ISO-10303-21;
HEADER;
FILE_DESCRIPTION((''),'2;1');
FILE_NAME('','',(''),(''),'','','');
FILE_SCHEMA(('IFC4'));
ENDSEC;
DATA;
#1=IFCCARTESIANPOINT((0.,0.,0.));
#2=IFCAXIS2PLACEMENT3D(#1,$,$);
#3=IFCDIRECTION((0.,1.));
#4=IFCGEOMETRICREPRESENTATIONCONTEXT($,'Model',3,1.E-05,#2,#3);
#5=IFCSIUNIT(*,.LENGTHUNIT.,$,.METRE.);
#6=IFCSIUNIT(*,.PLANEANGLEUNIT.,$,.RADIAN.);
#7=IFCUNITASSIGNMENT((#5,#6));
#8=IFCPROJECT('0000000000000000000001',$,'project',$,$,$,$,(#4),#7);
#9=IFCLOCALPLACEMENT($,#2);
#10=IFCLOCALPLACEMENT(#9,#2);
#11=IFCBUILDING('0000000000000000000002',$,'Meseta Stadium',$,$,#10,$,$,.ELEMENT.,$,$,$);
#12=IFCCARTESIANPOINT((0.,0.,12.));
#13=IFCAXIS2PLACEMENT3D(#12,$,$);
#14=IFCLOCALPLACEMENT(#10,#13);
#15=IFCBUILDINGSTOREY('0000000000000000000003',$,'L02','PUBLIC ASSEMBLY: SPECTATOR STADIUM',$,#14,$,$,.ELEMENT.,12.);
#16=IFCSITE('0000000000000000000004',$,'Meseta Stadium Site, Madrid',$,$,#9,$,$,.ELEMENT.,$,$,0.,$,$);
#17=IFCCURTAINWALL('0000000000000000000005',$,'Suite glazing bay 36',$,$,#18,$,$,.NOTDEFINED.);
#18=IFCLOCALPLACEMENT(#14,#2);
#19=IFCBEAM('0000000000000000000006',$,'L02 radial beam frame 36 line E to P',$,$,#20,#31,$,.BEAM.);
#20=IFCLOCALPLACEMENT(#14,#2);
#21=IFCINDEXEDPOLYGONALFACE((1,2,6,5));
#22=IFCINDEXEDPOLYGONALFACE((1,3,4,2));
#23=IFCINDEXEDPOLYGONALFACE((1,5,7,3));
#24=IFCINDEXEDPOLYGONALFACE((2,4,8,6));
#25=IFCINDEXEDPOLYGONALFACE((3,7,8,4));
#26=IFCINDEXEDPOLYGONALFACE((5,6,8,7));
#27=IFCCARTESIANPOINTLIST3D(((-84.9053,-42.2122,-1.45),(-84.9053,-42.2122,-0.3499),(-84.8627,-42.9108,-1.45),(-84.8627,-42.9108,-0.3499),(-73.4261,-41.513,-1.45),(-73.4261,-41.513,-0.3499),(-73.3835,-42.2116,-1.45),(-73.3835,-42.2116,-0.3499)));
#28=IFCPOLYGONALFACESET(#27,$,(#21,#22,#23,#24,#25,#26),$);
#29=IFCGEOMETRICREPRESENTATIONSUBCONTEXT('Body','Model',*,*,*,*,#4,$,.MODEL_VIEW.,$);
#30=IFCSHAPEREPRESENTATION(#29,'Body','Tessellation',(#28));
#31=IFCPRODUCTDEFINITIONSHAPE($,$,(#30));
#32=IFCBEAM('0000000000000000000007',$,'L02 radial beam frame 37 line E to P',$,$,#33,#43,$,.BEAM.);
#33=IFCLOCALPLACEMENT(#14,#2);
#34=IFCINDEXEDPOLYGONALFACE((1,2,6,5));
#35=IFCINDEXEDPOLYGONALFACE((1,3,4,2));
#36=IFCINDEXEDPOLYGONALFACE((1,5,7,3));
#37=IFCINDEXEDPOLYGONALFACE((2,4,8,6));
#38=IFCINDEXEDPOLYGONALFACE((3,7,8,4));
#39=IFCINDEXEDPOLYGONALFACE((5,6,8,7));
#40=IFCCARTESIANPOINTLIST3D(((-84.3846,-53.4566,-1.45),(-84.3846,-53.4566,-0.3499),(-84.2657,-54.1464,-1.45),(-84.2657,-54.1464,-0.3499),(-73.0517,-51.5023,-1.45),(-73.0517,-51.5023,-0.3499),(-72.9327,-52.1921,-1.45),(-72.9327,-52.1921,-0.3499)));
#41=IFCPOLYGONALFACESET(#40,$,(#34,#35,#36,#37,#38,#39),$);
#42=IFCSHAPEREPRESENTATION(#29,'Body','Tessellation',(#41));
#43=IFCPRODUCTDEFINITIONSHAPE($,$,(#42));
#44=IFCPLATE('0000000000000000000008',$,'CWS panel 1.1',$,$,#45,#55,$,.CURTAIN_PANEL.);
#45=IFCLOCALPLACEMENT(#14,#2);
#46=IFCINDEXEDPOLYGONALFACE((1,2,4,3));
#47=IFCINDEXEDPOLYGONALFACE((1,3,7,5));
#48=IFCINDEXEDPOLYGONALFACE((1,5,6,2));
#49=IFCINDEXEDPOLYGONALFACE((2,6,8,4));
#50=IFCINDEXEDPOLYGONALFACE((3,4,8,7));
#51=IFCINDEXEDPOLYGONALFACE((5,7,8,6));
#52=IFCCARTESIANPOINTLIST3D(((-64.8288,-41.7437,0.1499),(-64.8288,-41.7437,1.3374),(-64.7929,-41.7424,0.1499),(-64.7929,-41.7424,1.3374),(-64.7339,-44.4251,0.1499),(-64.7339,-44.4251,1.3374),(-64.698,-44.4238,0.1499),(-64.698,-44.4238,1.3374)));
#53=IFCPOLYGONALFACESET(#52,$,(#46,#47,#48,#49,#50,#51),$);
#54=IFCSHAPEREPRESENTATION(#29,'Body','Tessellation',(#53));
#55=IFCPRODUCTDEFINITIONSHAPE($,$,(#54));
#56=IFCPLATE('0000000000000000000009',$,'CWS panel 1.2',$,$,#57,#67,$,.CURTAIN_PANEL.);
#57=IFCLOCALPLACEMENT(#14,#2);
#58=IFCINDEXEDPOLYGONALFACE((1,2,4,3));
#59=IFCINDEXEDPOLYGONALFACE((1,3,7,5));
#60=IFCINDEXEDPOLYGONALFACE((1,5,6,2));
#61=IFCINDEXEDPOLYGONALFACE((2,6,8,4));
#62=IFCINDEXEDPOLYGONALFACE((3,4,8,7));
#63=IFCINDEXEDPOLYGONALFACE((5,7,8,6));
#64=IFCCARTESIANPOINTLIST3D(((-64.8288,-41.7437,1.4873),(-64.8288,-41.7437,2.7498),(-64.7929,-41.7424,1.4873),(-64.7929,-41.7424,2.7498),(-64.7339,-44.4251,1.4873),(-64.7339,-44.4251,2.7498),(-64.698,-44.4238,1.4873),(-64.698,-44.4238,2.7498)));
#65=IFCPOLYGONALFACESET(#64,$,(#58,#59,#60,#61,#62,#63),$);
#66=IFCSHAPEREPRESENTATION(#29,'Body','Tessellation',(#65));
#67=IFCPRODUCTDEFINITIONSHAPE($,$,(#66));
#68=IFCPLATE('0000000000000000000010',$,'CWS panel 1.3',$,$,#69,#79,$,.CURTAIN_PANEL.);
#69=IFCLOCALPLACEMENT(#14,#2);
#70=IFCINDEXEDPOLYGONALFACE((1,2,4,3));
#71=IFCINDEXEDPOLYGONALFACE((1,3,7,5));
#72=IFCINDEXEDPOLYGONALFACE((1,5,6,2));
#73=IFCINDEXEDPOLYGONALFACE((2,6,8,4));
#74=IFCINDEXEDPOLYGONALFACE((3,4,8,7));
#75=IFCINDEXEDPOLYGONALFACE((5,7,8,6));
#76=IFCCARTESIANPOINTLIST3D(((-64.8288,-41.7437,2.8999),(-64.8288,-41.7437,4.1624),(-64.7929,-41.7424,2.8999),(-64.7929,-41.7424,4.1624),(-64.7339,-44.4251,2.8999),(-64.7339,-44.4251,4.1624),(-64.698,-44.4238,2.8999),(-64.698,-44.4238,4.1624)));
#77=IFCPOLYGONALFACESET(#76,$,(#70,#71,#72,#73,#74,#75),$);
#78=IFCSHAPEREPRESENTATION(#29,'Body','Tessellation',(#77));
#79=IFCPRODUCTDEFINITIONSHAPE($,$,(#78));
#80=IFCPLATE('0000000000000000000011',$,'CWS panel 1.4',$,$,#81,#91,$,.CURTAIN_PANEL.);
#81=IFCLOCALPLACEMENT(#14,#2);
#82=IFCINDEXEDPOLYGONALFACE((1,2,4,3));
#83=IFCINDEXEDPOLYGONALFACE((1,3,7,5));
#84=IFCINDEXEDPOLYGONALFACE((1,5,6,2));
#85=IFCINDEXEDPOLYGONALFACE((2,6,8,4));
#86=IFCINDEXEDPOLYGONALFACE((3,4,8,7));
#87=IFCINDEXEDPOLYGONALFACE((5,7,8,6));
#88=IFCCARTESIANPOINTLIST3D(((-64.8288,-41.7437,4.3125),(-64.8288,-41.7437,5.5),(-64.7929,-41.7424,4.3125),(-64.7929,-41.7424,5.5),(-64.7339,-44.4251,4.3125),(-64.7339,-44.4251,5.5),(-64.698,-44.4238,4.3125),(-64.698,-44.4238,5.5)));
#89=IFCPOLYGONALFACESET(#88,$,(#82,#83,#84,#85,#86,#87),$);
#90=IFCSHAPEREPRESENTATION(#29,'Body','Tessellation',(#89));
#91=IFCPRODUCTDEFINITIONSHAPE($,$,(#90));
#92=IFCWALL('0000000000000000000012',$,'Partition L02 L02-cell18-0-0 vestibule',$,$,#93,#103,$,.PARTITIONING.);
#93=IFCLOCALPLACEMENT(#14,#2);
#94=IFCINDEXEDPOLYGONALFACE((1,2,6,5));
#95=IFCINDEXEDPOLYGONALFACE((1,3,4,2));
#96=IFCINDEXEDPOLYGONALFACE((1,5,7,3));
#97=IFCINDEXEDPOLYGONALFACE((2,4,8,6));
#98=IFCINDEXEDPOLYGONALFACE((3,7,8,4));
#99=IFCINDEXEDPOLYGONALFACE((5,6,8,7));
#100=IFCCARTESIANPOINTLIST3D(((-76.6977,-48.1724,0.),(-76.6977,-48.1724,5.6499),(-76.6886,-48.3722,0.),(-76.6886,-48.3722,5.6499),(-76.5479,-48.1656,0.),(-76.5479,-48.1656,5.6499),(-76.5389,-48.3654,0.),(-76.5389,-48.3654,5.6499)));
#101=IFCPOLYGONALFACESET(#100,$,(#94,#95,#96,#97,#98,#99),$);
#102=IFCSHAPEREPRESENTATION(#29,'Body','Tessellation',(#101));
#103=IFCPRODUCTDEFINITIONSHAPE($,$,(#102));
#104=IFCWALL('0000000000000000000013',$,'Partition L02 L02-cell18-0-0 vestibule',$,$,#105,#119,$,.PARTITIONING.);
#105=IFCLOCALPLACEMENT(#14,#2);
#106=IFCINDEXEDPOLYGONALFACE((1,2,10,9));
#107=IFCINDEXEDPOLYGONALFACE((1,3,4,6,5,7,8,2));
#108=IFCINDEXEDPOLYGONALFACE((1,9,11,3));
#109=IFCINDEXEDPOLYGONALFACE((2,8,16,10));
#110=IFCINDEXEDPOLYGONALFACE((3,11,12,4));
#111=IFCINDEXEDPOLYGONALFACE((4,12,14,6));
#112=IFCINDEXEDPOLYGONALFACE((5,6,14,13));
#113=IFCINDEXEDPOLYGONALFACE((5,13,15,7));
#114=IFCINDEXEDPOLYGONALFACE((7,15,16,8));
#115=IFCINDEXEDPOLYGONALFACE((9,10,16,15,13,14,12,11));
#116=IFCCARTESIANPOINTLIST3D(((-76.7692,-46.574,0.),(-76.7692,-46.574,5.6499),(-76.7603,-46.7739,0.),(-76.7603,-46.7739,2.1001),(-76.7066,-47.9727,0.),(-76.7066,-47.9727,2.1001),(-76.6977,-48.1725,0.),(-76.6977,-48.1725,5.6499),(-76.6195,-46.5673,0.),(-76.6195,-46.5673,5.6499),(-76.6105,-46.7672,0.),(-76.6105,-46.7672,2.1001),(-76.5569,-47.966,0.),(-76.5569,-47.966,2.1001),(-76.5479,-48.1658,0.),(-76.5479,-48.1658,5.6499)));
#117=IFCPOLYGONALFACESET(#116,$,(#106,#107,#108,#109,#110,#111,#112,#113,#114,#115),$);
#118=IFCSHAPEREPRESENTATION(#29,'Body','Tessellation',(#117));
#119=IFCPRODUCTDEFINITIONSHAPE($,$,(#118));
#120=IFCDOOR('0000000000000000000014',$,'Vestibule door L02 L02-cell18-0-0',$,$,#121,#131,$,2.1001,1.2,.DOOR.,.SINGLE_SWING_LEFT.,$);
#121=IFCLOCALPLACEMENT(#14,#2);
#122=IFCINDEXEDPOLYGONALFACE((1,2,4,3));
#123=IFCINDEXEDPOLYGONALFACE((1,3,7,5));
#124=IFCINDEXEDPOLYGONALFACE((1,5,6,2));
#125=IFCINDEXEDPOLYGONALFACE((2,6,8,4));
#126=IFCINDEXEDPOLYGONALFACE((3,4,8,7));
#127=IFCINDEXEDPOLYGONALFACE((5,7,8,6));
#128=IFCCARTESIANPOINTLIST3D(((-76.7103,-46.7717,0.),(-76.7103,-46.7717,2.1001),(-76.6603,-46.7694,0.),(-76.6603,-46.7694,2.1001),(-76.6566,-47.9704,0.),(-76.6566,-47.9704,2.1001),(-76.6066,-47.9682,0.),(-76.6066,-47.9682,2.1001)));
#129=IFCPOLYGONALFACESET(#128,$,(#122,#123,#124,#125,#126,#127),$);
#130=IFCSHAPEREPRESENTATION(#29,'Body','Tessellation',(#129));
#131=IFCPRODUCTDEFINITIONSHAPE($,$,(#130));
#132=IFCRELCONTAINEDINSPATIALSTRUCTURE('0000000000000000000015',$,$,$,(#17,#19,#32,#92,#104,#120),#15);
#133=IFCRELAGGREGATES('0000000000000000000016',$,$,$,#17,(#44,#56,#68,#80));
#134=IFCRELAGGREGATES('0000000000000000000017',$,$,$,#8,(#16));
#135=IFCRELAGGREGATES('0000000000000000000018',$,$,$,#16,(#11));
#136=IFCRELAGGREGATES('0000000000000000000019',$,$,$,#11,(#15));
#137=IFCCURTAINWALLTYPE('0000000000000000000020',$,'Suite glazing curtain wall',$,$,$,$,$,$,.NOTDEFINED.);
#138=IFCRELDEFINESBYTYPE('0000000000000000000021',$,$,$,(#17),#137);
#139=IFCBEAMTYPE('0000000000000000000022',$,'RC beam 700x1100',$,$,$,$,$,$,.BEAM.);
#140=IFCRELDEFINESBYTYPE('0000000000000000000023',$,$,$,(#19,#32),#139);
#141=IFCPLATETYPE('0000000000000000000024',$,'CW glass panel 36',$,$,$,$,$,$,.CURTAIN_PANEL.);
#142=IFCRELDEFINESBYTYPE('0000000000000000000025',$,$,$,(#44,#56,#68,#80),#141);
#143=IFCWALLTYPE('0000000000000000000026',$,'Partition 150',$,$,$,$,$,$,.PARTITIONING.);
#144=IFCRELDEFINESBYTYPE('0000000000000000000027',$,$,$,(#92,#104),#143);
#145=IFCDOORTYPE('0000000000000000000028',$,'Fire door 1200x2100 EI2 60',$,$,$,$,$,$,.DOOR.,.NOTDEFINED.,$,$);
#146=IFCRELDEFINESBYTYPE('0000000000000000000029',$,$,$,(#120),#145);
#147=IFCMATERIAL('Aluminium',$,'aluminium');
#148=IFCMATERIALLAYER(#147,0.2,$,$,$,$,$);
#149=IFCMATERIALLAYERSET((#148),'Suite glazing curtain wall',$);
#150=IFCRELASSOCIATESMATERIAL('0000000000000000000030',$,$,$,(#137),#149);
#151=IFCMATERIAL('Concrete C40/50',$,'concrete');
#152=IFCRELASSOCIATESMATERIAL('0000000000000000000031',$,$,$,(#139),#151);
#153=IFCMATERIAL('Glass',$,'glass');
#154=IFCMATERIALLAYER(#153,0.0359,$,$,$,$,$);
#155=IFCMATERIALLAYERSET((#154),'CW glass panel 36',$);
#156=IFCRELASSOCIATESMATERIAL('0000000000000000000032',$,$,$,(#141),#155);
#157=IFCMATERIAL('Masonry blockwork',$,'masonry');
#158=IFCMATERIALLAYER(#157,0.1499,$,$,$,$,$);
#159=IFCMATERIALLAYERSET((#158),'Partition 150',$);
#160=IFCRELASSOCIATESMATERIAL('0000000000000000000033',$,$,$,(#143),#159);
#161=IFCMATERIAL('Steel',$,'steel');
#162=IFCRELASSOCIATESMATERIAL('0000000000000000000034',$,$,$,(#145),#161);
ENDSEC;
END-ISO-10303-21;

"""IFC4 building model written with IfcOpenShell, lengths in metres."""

from ifc_helpers import new_model, si_unit, direction, frame, frame_2d, origin, origin_2d, place, context, subcontext, project, spatial, rectangle, extrude, material, layer, layer_set, material_profile, profile_set, type_object, element, fill, aggregate, save


model = new_model("IFC4")

# Units and contexts
model_context = context("Model", 3, precision=1e-05, world=origin(), true_north=direction((0.0, 1.0)))
body_context = subcontext(model_context, "Body", "Model", "MODEL_VIEW")
ifc_project = project(units=[si_unit("LENGTHUNIT", "METRE"), si_unit("PLANEANGLEUNIT", "RADIAN")], contexts=[model_context])

# Site, building, storey
site_placement = place(None, origin())
site = spatial("IfcSite", under=ifc_project, at=site_placement, Name="Meseta Stadium Site, Madrid", CompositionType="ELEMENT", RefElevation=0.0)
building_placement = place(site_placement, origin())
building = spatial("IfcBuilding", under=site, at=building_placement, Name="Meseta Stadium", CompositionType="ELEMENT")
storey_placement = place(building_placement, frame((0.0, 0.0, 12.0)))
storey = spatial("IfcBuildingStorey", under=building, at=storey_placement, Name="L02", Description="PUBLIC ASSEMBLY: SPECTATOR STADIUM", CompositionType="ELEMENT", Elevation=12.0)

# Curtain wall
ifc_material_1 = material(Name="Aluminium", Category="aluminium")
ifc_layer_1 = layer(ifc_material_1, 0.2)
ifc_layer_set_1 = layer_set([ifc_layer_1], Name="Suite glazing curtain wall")
curtain_wall_type = type_object("IfcCurtainWallType", Name="Suite glazing curtain wall", PredefinedType="NOTDEFINED", material=ifc_layer_set_1)
curtain_wall_placement = place(storey_placement, origin())
curtain_wall = element("IfcCurtainWall", 1, at=curtain_wall_placement, inside=storey, type_object=curtain_wall_type, Name="Suite glazing bay 36", PredefinedType="NOTDEFINED")

# Beams
ifc_material_2 = material(Name="Concrete C40/50", Category="concrete")
ifc_material_profile_1 = material_profile(ifc_material_2, rectangle(XDim=0.7, YDim=1.1001, at=origin_2d()), Name="RC 700x1100")
ifc_profile_set_1 = profile_set([ifc_material_profile_1], Name="Concrete C40/50")
beam_type_1 = type_object("IfcBeamType", Name="RC beam 700x1100", PredefinedType="BEAM", material=ifc_profile_set_1)
beam_1_placement = place(storey_placement, frame((-73.4048, -41.8623, -0.8999), z_axis=(-0.99815, -0.060799, 0.0), x_axis=(0.060799, -0.99815, 0.0)))
element("IfcBeam", 2, at=beam_1_placement, inside=storey, type_object=beam_type_1, Name="L02 radial beam frame 36 line E to P", PredefinedType="BEAM", context=body_context, shape_type="SweptSolid", body=[
    extrude(rectangle(XDim=0.7, YDim=1.1001, at=origin_2d()), origin(), (0.0, 0.0, 1.0), 11.5005),
])
beam_2_placement = place(storey_placement, frame((-72.9922, -51.8472, -0.8999), z_axis=(-0.985455, -0.169939, 0.0), x_axis=(0.169939, -0.985455, 0.0)))
element("IfcBeam", 3, at=beam_2_placement, inside=storey, type_object=beam_type_1, Name="L02 radial beam frame 37 line E to P", PredefinedType="BEAM", context=body_context, shape_type="SweptSolid", body=[
    extrude(rectangle(XDim=0.7, YDim=1.1001, at=origin_2d()), origin(), (0.0, 0.0, 1.0), 11.5002),
])

# Plates
ifc_material_3 = material(Name="Glass", Category="glass")
ifc_layer_2 = layer(ifc_material_3, 0.0359)
ifc_layer_set_2 = layer_set([ifc_layer_2], Name="CW glass panel 36")
plate_type = type_object("IfcPlateType", Name="CW glass panel 36", PredefinedType="CURTAIN_PANEL", material=ifc_layer_set_2)
plate_1_placement = place(storey_placement, frame((-64.7634, -43.0837, 0.1499), z_axis=(0.0, 0.0, 1.0), x_axis=(0.035371, -0.999374, 0.0)))
plate_1 = element("IfcPlate", 4, at=plate_1_placement, type_object=plate_type, Name="CWS panel 1.1", PredefinedType="CURTAIN_PANEL", context=body_context, shape_type="SweptSolid", body=[
    extrude(rectangle(XDim=2.6831, YDim=0.0359, at=origin_2d()), origin(), (0.0, 0.0, 1.0), 1.1875),
])
plate_2_placement = place(storey_placement, frame((-64.7634, -43.0837, 1.4873), z_axis=(0.0, 0.0, 1.0), x_axis=(0.035371, -0.999374, 0.0)))
plate_2 = element("IfcPlate", 5, at=plate_2_placement, type_object=plate_type, Name="CWS panel 1.2", PredefinedType="CURTAIN_PANEL", context=body_context, shape_type="SweptSolid", body=[
    extrude(rectangle(XDim=2.6831, YDim=0.0359, at=origin_2d()), origin(), (0.0, 0.0, 1.0), 1.2625),
])
plate_3_placement = place(storey_placement, frame((-64.7634, -43.0837, 2.8999), z_axis=(0.0, 0.0, 1.0), x_axis=(0.035371, -0.999374, 0.0)))
plate_3 = element("IfcPlate", 6, at=plate_3_placement, type_object=plate_type, Name="CWS panel 1.3", PredefinedType="CURTAIN_PANEL", context=body_context, shape_type="SweptSolid", body=[
    extrude(rectangle(XDim=2.6831, YDim=0.0359, at=origin_2d()), origin(), (0.0, 0.0, 1.0), 1.2625),
])
plate_4_placement = place(storey_placement, frame((-64.7634, -43.0837, 4.3125), z_axis=(0.0, 0.0, 1.0), x_axis=(0.035371, -0.999374, 0.0)))
plate_4 = element("IfcPlate", 7, at=plate_4_placement, type_object=plate_type, Name="CWS panel 1.4", PredefinedType="CURTAIN_PANEL", context=body_context, shape_type="SweptSolid", body=[
    extrude(rectangle(XDim=2.6831, YDim=0.0359, at=origin_2d()), origin(), (0.0, 0.0, 1.0), 1.1875),
])
aggregate(curtain_wall, [plate_1, plate_2, plate_3, plate_4])

# Wall
ifc_material_4 = material(Name="Masonry blockwork", Category="masonry")
ifc_layer_3 = layer(ifc_material_4, 0.1499)
ifc_layer_set_3 = layer_set([ifc_layer_3], Name="Partition 150")
wall_type = type_object("IfcWallType", Name="Partition 150", PredefinedType="PARTITIONING", material=ifc_layer_set_3)
wall_1_placement = place(storey_placement, frame((-76.6138, -48.3689, 0.0), z_axis=(0.0, 0.0, 1.0), x_axis=(-0.045186, 0.998979, 0.0)))
element("IfcWall", 8, at=wall_1_placement, inside=storey, type_object=wall_type, Name="Partition L02 L02-cell18-0-0 vestibule", PredefinedType="PARTITIONING", context=body_context, shape_type="SweptSolid", body=[
    extrude(rectangle(XDim=0.2, YDim=0.1499, at=frame_2d((0.1001, 0.0))), origin(), (0.0, 0.0, 1.0), 5.6499),
])

# Wall, opening, door
wall_2_placement = place(storey_placement, frame((-76.6228, -48.1692, 0.0), z_axis=(0.0, 0.0, 1.0), x_axis=(-0.044709, 0.999, 0.0)))
wall_2 = element("IfcWall", 9, at=wall_2_placement, inside=storey, type_object=wall_type, Name="Partition L02 L02-cell18-0-0 vestibule", PredefinedType="PARTITIONING", context=body_context, shape_type="SweptSolid", body=[
    extrude(rectangle(XDim=1.6001, YDim=0.1499, at=frame_2d((0.8, 0.0))), origin(), (0.0, 0.0, 1.0), 5.6499),
])
opening_placement = place(wall_2_placement, frame((0.2, 0.0, 0.0)))
opening = element("IfcOpeningElement", 10, at=opening_placement, cuts=wall_2, PredefinedType="OPENING", context=body_context, shape_type="SweptSolid", body=[
    extrude(rectangle(XDim=1.2, YDim=2.1001, at=frame_2d((0.6001, 1.05))), frame((0.0, 0.085, 0.0), z_axis=(0.0, -1.0, 0.0), x_axis=(1.0, 0.0, 0.0)), (0.0, 0.0, 1.0), 0.1699),
])
ifc_material_5 = material(Name="Steel", Category="steel")
door_type = type_object("IfcDoorType", Name="Fire door 1200x2100 EI2 60", OperationType="NOTDEFINED", PredefinedType="DOOR", material=ifc_material_5)
door_placement = place(opening_placement, origin())
door = element("IfcDoor", 11, at=door_placement, inside=storey, type_object=door_type, Name="Vestibule door L02 L02-cell18-0-0", OperationType="SINGLE_SWING_LEFT", OverallHeight=2.1001, OverallWidth=1.2, PredefinedType="DOOR", context=body_context, shape_type="SweptSolid", body=[
    extrude(rectangle(XDim=1.2, YDim=2.1001, at=frame_2d((0.6001, 1.05))), frame((0.0, 0.0249, 0.0), z_axis=(0.0, -1.0, 0.0), x_axis=(1.0, 0.0, 0.0)), (0.0, 0.0, 1.0), 0.05),
])
fill(opening, door)

save(model, "model.ifc")
